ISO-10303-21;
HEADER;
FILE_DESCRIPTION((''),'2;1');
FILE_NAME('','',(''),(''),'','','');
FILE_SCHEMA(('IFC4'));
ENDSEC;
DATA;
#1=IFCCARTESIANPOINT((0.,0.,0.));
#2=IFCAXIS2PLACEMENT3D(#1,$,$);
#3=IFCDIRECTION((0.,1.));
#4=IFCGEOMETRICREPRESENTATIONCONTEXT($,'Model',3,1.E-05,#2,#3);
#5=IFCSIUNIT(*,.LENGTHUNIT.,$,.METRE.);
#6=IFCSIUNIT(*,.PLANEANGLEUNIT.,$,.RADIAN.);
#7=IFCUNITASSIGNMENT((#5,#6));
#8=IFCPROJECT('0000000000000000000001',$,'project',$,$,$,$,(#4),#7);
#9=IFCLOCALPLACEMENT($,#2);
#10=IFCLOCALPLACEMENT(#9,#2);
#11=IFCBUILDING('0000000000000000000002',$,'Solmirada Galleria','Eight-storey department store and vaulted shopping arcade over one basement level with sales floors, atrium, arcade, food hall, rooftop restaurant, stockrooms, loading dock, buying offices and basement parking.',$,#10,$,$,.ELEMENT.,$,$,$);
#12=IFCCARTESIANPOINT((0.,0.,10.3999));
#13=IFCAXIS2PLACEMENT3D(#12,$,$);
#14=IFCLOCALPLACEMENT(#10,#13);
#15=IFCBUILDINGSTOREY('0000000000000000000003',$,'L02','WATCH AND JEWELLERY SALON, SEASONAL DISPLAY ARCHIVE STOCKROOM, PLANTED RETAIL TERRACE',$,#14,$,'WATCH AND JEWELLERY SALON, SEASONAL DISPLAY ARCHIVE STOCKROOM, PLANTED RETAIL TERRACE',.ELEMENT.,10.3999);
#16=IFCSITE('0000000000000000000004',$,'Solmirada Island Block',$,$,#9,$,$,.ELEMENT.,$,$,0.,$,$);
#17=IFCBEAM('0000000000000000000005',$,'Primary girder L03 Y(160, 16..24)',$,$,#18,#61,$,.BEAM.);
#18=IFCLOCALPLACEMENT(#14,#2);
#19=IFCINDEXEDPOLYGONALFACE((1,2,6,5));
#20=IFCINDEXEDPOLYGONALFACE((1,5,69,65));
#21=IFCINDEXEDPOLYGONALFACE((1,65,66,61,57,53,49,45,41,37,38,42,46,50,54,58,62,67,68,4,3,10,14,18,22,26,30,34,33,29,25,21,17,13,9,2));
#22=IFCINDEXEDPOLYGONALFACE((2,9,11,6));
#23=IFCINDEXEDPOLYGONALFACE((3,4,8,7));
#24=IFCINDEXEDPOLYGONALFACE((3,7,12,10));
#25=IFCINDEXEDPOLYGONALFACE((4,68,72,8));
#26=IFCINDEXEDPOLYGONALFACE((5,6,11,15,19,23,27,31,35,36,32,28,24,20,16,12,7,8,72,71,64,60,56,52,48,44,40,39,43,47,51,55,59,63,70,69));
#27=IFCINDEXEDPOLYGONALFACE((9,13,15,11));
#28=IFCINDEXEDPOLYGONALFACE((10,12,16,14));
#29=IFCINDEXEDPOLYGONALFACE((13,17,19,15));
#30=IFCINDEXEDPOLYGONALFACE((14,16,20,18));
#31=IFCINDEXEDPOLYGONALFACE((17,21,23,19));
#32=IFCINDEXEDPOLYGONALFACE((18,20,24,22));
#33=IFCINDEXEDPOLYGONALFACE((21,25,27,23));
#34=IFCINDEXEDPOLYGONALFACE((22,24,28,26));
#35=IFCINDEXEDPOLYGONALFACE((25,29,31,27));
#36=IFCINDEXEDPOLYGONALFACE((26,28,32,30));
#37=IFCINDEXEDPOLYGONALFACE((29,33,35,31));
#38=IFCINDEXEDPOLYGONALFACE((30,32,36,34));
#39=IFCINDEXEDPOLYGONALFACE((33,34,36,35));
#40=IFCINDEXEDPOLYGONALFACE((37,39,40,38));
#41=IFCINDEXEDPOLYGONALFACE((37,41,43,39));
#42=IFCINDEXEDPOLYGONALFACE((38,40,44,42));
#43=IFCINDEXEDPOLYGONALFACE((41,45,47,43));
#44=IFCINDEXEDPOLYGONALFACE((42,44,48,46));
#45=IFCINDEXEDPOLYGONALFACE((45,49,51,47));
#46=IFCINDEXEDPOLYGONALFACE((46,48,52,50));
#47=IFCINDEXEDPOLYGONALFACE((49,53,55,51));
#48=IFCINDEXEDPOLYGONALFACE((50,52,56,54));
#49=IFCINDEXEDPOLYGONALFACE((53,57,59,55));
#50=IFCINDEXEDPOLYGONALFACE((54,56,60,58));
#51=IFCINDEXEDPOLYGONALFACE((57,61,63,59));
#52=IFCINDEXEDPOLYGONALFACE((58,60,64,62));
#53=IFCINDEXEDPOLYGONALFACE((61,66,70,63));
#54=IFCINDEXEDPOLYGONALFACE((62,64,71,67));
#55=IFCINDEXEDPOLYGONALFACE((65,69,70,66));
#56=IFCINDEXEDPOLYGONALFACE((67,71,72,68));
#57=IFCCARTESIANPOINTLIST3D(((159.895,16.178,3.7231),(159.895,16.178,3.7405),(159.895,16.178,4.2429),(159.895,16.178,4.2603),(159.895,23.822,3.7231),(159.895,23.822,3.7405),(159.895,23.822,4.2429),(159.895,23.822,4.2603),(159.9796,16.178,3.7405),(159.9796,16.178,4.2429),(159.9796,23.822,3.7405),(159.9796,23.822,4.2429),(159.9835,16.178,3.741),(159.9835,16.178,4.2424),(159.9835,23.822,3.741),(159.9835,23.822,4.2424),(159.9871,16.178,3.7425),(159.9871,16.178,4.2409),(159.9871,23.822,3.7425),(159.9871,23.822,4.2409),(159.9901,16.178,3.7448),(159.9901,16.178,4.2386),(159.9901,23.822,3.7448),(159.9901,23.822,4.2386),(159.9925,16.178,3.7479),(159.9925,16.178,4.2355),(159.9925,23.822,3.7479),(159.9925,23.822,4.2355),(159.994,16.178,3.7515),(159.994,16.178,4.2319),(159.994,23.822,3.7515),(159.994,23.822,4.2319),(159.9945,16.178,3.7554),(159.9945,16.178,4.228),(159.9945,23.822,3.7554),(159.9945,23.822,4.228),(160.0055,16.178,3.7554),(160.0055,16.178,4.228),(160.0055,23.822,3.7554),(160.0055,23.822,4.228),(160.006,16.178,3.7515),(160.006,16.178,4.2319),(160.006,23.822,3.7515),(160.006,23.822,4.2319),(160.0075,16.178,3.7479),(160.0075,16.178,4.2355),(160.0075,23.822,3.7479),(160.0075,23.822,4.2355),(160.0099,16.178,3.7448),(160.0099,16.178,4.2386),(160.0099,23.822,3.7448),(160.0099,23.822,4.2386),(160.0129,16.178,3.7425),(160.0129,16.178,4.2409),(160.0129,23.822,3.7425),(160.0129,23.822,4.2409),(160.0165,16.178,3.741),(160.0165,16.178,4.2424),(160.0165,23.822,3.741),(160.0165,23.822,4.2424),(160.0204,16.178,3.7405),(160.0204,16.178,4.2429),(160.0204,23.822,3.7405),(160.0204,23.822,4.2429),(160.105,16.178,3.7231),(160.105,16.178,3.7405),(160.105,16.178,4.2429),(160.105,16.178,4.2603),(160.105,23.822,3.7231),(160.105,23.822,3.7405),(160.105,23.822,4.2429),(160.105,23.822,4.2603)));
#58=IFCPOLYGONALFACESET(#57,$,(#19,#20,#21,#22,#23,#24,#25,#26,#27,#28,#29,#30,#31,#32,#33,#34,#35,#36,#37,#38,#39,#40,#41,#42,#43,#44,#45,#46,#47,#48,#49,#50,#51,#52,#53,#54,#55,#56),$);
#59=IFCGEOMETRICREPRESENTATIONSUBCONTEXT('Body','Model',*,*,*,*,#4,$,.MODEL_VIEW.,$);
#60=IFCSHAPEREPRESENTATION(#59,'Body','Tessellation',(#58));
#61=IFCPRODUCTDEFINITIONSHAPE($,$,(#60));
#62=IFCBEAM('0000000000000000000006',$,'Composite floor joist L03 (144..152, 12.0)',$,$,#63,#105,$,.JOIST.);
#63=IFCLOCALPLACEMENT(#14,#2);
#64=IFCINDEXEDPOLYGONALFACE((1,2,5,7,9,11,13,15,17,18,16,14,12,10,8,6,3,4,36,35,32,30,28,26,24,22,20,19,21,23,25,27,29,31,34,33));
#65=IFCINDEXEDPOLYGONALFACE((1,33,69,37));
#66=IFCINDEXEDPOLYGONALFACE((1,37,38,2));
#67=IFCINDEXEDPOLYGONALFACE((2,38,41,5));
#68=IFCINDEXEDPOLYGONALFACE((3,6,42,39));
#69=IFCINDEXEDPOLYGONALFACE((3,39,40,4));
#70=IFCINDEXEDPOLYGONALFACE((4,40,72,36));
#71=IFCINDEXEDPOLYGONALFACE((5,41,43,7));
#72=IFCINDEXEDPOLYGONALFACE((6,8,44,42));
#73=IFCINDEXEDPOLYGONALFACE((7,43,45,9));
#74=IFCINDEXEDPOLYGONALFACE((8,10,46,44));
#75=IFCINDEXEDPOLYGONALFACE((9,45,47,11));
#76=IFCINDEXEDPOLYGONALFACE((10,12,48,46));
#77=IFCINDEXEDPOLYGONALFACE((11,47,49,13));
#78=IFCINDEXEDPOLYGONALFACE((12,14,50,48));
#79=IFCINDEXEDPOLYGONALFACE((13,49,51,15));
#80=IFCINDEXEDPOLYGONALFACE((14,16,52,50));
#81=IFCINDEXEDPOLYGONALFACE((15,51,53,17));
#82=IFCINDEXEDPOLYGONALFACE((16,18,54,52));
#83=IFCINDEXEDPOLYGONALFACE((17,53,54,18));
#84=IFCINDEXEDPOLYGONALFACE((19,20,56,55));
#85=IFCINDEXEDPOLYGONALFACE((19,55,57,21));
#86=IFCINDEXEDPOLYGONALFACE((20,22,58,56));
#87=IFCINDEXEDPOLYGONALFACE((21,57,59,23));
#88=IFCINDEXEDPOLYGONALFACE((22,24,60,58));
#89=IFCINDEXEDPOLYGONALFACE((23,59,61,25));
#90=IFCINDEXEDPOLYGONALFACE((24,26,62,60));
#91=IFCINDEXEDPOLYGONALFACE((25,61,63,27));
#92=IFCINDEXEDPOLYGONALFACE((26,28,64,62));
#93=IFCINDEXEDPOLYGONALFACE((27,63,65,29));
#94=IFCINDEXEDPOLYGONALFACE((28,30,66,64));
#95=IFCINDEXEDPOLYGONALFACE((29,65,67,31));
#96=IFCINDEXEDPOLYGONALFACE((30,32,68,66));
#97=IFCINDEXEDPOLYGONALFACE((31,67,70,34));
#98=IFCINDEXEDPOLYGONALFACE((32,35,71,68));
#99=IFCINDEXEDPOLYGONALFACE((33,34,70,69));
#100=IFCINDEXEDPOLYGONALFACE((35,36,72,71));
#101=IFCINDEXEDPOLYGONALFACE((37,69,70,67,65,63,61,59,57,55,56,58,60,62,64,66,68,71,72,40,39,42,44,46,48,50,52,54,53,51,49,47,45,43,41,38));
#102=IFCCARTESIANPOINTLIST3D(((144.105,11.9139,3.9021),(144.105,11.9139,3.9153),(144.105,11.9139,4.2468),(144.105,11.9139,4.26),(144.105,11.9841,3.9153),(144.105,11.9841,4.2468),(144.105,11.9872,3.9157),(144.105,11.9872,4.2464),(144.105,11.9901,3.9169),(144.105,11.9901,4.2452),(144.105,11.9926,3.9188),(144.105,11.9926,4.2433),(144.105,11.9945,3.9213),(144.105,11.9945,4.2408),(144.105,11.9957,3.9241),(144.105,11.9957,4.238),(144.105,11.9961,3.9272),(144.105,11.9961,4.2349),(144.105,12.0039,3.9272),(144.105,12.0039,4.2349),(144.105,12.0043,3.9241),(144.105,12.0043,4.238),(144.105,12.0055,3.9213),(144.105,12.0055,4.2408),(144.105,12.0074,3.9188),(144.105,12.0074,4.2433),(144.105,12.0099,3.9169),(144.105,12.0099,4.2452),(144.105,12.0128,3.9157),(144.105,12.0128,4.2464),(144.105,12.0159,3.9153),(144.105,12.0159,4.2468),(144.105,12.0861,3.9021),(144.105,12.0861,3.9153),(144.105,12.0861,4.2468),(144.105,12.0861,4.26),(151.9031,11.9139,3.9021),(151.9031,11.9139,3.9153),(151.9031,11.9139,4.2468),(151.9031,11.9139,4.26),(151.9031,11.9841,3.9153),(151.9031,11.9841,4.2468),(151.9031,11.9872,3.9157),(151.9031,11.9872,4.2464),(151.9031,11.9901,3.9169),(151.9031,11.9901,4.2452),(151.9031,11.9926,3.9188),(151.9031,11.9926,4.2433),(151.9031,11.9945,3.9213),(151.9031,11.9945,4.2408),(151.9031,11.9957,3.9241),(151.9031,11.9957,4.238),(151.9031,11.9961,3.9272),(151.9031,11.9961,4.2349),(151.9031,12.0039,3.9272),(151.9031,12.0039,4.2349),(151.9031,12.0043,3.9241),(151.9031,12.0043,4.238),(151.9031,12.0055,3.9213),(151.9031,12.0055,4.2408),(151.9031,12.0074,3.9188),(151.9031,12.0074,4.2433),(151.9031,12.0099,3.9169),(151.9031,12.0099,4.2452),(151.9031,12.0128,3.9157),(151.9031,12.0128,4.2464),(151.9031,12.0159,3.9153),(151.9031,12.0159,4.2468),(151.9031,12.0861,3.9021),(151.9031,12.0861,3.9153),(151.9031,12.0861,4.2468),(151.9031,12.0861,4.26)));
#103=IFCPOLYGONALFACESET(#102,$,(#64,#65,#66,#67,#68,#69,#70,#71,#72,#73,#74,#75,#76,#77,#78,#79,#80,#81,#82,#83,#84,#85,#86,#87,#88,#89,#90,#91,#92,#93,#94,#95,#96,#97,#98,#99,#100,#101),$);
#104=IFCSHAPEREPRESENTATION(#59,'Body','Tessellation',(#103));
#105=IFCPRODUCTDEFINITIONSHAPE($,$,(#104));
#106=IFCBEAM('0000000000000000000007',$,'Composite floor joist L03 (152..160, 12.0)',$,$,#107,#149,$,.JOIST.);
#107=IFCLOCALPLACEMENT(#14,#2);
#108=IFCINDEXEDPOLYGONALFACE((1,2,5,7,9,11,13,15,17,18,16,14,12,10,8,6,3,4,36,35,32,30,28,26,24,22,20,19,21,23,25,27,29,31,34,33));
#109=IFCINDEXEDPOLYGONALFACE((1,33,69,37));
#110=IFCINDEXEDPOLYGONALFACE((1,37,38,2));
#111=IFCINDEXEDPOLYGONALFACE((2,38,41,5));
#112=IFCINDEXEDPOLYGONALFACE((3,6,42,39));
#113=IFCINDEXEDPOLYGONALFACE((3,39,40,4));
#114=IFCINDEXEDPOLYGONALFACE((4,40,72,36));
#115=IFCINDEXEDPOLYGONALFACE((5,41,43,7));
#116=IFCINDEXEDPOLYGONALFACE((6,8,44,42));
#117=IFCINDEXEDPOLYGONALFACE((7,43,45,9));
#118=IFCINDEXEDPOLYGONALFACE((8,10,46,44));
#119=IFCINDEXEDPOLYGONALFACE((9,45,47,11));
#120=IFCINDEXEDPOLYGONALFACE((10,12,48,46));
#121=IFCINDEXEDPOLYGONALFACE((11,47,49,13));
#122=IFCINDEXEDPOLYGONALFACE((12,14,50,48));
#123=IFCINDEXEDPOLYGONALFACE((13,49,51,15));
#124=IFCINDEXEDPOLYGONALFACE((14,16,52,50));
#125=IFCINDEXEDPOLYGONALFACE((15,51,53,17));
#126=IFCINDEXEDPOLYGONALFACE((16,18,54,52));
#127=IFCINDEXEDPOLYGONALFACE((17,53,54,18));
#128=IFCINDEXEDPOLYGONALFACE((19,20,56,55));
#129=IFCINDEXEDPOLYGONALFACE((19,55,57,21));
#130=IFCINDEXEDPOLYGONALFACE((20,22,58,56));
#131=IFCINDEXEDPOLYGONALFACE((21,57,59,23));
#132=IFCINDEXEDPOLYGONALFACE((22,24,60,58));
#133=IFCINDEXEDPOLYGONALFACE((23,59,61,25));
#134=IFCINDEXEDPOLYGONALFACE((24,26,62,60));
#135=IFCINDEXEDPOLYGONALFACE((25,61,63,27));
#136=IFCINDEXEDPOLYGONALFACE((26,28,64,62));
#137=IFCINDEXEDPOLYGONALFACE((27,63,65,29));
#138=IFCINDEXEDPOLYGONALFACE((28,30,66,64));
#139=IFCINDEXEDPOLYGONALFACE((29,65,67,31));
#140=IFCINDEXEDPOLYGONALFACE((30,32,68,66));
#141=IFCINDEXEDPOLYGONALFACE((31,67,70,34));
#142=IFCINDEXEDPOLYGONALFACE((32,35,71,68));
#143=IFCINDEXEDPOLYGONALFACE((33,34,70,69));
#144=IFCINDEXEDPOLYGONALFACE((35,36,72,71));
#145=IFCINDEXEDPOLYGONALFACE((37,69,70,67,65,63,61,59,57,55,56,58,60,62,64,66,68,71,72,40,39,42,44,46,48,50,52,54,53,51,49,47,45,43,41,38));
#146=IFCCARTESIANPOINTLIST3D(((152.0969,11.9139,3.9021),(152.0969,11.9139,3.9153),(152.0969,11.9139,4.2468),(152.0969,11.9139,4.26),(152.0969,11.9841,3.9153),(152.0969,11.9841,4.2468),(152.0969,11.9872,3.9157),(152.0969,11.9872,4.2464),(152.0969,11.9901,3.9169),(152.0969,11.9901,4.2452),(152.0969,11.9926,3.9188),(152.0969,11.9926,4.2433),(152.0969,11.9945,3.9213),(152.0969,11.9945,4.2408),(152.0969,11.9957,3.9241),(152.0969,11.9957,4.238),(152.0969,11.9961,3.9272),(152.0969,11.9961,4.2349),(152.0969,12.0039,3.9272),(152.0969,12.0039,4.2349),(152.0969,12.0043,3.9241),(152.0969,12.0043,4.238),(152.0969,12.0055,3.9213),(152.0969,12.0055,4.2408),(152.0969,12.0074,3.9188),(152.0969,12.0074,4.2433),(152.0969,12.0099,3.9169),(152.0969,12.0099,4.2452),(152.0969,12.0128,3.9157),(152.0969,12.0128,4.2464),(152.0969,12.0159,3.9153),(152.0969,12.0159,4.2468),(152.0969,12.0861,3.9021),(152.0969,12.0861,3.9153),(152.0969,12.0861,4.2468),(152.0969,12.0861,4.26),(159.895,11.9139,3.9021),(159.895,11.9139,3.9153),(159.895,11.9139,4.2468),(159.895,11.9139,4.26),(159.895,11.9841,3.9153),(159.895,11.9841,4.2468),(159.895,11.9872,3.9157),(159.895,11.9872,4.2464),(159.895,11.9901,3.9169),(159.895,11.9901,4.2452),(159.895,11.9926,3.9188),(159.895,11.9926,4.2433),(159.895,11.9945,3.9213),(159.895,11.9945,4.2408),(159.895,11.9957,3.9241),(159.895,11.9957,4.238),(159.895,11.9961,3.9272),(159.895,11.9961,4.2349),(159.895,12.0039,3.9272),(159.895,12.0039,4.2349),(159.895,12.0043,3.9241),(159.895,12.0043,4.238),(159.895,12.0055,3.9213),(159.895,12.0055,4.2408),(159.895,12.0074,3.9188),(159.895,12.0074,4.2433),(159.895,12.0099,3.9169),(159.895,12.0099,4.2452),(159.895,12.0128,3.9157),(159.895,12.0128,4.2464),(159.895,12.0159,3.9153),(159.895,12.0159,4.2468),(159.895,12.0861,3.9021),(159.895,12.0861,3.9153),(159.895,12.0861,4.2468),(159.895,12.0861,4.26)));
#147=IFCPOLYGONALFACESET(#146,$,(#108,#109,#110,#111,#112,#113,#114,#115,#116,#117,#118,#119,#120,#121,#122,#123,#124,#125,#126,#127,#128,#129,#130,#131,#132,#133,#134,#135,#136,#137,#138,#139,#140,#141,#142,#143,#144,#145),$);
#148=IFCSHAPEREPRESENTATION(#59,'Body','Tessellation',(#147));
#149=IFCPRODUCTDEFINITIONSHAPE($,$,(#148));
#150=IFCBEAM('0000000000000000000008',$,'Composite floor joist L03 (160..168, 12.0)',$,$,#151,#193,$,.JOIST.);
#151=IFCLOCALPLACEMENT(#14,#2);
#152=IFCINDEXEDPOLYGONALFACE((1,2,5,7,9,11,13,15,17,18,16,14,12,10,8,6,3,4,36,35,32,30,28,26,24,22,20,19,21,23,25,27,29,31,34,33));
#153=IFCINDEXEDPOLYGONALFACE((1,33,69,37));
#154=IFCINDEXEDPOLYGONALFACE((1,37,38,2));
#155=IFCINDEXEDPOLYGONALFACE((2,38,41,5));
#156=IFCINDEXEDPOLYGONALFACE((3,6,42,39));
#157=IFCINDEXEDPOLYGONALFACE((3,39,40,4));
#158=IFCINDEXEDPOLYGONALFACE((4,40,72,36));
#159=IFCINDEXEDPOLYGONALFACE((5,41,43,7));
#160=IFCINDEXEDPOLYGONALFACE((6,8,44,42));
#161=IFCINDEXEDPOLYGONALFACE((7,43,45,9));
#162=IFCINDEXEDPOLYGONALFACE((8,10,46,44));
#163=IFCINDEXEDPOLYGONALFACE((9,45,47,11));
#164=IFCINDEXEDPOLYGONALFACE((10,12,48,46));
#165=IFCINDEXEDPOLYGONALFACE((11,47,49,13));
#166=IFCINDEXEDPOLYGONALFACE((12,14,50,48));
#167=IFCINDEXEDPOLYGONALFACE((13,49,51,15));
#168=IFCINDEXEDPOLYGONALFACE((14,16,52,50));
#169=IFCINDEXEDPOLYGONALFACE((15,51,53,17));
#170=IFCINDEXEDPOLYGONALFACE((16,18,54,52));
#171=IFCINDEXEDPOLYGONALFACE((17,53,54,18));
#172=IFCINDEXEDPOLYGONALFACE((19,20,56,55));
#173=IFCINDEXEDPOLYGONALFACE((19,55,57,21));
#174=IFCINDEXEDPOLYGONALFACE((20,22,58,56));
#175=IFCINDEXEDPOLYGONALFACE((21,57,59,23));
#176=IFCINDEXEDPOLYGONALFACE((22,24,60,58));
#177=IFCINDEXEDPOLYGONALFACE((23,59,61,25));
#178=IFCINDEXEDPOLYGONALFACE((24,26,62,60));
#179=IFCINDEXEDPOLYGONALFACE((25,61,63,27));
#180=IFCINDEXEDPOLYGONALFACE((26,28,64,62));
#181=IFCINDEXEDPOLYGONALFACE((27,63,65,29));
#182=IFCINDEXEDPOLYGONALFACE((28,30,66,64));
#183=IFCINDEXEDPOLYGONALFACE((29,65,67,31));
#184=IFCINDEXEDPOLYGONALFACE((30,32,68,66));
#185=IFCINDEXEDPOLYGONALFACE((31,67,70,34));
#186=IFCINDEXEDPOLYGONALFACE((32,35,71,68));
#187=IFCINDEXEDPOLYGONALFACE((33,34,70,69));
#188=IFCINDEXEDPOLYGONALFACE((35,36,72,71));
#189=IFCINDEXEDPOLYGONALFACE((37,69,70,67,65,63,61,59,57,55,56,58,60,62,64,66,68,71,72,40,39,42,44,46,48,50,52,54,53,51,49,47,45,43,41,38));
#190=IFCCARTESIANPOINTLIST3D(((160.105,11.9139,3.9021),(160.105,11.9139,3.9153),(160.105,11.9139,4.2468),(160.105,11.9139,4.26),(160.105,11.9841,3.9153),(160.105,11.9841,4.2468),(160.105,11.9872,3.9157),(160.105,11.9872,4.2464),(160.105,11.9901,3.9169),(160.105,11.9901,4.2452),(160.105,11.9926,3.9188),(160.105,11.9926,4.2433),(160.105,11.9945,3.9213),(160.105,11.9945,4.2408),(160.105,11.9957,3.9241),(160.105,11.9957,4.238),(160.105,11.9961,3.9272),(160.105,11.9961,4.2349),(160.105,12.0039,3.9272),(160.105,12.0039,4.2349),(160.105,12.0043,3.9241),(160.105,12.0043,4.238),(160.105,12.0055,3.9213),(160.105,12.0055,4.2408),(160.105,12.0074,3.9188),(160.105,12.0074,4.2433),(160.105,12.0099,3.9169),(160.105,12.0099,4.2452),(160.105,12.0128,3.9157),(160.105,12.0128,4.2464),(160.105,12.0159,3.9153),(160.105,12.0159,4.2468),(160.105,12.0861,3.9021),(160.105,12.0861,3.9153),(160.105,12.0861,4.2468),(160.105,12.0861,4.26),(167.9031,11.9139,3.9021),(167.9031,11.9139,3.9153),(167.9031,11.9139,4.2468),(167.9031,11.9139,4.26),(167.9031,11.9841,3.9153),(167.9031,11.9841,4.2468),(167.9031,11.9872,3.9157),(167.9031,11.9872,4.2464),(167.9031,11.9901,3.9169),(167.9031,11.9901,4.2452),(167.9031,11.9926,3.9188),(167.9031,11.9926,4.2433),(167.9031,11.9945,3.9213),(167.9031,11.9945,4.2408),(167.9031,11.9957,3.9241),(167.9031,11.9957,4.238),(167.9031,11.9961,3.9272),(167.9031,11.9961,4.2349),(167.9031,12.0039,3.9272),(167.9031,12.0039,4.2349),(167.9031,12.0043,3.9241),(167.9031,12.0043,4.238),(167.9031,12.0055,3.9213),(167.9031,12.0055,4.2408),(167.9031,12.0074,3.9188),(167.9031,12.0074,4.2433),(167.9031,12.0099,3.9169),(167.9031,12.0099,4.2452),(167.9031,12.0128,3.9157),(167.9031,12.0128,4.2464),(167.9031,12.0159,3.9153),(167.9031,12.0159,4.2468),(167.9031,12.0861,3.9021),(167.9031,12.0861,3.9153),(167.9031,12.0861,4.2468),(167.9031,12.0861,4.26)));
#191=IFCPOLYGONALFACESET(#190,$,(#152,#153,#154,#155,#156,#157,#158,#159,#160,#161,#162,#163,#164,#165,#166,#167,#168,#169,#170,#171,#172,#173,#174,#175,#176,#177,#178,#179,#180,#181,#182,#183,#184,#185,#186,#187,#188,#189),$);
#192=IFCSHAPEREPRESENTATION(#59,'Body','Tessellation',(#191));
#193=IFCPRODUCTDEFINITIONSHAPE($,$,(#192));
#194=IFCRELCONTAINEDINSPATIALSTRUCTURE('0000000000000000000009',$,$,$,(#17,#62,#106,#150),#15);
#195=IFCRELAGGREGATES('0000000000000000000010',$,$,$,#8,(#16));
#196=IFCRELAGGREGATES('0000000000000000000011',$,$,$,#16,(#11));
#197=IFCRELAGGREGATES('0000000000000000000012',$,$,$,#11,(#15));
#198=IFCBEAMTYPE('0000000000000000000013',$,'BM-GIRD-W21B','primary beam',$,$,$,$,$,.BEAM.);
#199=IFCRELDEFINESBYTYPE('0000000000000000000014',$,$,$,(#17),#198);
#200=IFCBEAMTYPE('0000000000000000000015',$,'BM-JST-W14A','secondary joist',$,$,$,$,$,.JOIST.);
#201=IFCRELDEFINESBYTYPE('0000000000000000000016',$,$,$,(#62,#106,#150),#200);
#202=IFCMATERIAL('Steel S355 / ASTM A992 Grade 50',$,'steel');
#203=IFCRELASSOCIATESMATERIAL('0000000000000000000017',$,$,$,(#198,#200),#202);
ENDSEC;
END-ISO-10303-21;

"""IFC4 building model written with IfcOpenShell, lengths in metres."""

from ifc_helpers import new_model, si_unit, direction, frame, origin, origin_2d, place, context, subcontext, project, spatial, i_section, extrude, material, material_profile, profile_set, type_object, element, save


model = new_model("IFC4")

# Units and contexts
model_context = context("Model", 3, precision=1e-05, world=origin(), true_north=direction((0.0, 1.0)))
body_context = subcontext(model_context, "Body", "Model", "MODEL_VIEW")
ifc_project = project(units=[si_unit("LENGTHUNIT", "METRE"), si_unit("PLANEANGLEUNIT", "RADIAN")], contexts=[model_context])

# Site, building, storey
site_placement = place(None, origin())
site = spatial("IfcSite", under=ifc_project, at=site_placement, Name="Solmirada Island Block", CompositionType="ELEMENT", RefElevation=0.0)
building_placement = place(site_placement, origin())
building = spatial("IfcBuilding", under=site, at=building_placement, Name="Solmirada Galleria", Description="Eight-storey department store and vaulted shopping arcade over one basement level with sales floors, atrium, arcade, food hall, rooftop restaurant, stockrooms, loading dock, buying offices and basement parking.", CompositionType="ELEMENT")
storey_placement = place(building_placement, frame((0.0, 0.0, 10.3999)))
storey = spatial("IfcBuildingStorey", under=building, at=storey_placement, Name="L02", Description="WATCH AND JEWELLERY SALON, SEASONAL DISPLAY ARCHIVE STOCKROOM, PLANTED RETAIL TERRACE", LongName="WATCH AND JEWELLERY SALON, SEASONAL DISPLAY ARCHIVE STOCKROOM, PLANTED RETAIL TERRACE", CompositionType="ELEMENT", Elevation=10.3999)

# Beams
ifc_material_1 = material(Name="Steel S355 / ASTM A992 Grade 50", Category="steel")
ifc_material_profile_1 = material_profile(ifc_material_1, i_section(OverallWidth=0.21, OverallDepth=0.5371, WebThickness=0.011, FlangeThickness=0.0173, FilletRadius=0.0149, at=origin_2d()), Name="W21X68")
ifc_profile_set_1 = profile_set([ifc_material_profile_1], Name="Steel S355 / ASTM A992 Grade 50")
beam_type_1 = type_object("IfcBeamType", Name="BM-GIRD-W21B", Description="primary beam", PredefinedType="BEAM", material=ifc_profile_set_1)
for number, where, z_axis, x_axis, name in (
    (1, (160.0, 16.178, 3.9917), (0.0, 1.0, 0.0), (-1.0, 0.0, 0.0), "Primary girder L03 Y(160, 16..24)"),
):
    element("IfcBeam", number, at=place(storey_placement, frame(where, z_axis=z_axis, x_axis=x_axis)), inside=storey, type_object=beam_type_1, Name=name, PredefinedType="BEAM", context=body_context, shape_type="SweptSolid", body=[
        extrude(i_section(OverallWidth=0.21, OverallDepth=0.5371, WebThickness=0.011, FlangeThickness=0.0173, FilletRadius=0.0149, at=origin_2d()), origin(), (0.0, 0.0, 1.0), 7.644),
    ])
ifc_material_profile_2 = material_profile(ifc_material_1, i_section(OverallWidth=0.1721, OverallDepth=0.3579, WebThickness=0.0078, FlangeThickness=0.0132, FilletRadius=0.012, at=origin_2d()), Name="W14X38")
ifc_profile_set_2 = profile_set([ifc_material_profile_2], Name="Steel S355 / ASTM A992 Grade 50")
beam_type_2 = type_object("IfcBeamType", Name="BM-JST-W14A", Description="secondary joist", PredefinedType="JOIST", material=ifc_profile_set_2)
for number, where, z_axis, x_axis, name in (
    (2, (144.105, 12.0, 4.0811), (1.0, 0.0, 0.0), (0.0, 1.0, 0.0), "Composite floor joist L03 (144..152, 12.0)"),
    (3, (152.0969, 12.0, 4.0811), (1.0, 0.0, 0.0), (0.0, 1.0, 0.0), "Composite floor joist L03 (152..160, 12.0)"),
    (4, (160.105, 12.0, 4.0811), (1.0, 0.0, 0.0), (0.0, 1.0, 0.0), "Composite floor joist L03 (160..168, 12.0)"),
):
    element("IfcBeam", number, at=place(storey_placement, frame(where, z_axis=z_axis, x_axis=x_axis)), inside=storey, type_object=beam_type_2, Name=name, PredefinedType="JOIST", context=body_context, shape_type="SweptSolid", body=[
        extrude(i_section(OverallWidth=0.1721, OverallDepth=0.3579, WebThickness=0.0078, FlangeThickness=0.0132, FilletRadius=0.012, at=origin_2d()), origin(), (0.0, 0.0, 1.0), 7.7981),
    ])

save(model, "model.ifc")
